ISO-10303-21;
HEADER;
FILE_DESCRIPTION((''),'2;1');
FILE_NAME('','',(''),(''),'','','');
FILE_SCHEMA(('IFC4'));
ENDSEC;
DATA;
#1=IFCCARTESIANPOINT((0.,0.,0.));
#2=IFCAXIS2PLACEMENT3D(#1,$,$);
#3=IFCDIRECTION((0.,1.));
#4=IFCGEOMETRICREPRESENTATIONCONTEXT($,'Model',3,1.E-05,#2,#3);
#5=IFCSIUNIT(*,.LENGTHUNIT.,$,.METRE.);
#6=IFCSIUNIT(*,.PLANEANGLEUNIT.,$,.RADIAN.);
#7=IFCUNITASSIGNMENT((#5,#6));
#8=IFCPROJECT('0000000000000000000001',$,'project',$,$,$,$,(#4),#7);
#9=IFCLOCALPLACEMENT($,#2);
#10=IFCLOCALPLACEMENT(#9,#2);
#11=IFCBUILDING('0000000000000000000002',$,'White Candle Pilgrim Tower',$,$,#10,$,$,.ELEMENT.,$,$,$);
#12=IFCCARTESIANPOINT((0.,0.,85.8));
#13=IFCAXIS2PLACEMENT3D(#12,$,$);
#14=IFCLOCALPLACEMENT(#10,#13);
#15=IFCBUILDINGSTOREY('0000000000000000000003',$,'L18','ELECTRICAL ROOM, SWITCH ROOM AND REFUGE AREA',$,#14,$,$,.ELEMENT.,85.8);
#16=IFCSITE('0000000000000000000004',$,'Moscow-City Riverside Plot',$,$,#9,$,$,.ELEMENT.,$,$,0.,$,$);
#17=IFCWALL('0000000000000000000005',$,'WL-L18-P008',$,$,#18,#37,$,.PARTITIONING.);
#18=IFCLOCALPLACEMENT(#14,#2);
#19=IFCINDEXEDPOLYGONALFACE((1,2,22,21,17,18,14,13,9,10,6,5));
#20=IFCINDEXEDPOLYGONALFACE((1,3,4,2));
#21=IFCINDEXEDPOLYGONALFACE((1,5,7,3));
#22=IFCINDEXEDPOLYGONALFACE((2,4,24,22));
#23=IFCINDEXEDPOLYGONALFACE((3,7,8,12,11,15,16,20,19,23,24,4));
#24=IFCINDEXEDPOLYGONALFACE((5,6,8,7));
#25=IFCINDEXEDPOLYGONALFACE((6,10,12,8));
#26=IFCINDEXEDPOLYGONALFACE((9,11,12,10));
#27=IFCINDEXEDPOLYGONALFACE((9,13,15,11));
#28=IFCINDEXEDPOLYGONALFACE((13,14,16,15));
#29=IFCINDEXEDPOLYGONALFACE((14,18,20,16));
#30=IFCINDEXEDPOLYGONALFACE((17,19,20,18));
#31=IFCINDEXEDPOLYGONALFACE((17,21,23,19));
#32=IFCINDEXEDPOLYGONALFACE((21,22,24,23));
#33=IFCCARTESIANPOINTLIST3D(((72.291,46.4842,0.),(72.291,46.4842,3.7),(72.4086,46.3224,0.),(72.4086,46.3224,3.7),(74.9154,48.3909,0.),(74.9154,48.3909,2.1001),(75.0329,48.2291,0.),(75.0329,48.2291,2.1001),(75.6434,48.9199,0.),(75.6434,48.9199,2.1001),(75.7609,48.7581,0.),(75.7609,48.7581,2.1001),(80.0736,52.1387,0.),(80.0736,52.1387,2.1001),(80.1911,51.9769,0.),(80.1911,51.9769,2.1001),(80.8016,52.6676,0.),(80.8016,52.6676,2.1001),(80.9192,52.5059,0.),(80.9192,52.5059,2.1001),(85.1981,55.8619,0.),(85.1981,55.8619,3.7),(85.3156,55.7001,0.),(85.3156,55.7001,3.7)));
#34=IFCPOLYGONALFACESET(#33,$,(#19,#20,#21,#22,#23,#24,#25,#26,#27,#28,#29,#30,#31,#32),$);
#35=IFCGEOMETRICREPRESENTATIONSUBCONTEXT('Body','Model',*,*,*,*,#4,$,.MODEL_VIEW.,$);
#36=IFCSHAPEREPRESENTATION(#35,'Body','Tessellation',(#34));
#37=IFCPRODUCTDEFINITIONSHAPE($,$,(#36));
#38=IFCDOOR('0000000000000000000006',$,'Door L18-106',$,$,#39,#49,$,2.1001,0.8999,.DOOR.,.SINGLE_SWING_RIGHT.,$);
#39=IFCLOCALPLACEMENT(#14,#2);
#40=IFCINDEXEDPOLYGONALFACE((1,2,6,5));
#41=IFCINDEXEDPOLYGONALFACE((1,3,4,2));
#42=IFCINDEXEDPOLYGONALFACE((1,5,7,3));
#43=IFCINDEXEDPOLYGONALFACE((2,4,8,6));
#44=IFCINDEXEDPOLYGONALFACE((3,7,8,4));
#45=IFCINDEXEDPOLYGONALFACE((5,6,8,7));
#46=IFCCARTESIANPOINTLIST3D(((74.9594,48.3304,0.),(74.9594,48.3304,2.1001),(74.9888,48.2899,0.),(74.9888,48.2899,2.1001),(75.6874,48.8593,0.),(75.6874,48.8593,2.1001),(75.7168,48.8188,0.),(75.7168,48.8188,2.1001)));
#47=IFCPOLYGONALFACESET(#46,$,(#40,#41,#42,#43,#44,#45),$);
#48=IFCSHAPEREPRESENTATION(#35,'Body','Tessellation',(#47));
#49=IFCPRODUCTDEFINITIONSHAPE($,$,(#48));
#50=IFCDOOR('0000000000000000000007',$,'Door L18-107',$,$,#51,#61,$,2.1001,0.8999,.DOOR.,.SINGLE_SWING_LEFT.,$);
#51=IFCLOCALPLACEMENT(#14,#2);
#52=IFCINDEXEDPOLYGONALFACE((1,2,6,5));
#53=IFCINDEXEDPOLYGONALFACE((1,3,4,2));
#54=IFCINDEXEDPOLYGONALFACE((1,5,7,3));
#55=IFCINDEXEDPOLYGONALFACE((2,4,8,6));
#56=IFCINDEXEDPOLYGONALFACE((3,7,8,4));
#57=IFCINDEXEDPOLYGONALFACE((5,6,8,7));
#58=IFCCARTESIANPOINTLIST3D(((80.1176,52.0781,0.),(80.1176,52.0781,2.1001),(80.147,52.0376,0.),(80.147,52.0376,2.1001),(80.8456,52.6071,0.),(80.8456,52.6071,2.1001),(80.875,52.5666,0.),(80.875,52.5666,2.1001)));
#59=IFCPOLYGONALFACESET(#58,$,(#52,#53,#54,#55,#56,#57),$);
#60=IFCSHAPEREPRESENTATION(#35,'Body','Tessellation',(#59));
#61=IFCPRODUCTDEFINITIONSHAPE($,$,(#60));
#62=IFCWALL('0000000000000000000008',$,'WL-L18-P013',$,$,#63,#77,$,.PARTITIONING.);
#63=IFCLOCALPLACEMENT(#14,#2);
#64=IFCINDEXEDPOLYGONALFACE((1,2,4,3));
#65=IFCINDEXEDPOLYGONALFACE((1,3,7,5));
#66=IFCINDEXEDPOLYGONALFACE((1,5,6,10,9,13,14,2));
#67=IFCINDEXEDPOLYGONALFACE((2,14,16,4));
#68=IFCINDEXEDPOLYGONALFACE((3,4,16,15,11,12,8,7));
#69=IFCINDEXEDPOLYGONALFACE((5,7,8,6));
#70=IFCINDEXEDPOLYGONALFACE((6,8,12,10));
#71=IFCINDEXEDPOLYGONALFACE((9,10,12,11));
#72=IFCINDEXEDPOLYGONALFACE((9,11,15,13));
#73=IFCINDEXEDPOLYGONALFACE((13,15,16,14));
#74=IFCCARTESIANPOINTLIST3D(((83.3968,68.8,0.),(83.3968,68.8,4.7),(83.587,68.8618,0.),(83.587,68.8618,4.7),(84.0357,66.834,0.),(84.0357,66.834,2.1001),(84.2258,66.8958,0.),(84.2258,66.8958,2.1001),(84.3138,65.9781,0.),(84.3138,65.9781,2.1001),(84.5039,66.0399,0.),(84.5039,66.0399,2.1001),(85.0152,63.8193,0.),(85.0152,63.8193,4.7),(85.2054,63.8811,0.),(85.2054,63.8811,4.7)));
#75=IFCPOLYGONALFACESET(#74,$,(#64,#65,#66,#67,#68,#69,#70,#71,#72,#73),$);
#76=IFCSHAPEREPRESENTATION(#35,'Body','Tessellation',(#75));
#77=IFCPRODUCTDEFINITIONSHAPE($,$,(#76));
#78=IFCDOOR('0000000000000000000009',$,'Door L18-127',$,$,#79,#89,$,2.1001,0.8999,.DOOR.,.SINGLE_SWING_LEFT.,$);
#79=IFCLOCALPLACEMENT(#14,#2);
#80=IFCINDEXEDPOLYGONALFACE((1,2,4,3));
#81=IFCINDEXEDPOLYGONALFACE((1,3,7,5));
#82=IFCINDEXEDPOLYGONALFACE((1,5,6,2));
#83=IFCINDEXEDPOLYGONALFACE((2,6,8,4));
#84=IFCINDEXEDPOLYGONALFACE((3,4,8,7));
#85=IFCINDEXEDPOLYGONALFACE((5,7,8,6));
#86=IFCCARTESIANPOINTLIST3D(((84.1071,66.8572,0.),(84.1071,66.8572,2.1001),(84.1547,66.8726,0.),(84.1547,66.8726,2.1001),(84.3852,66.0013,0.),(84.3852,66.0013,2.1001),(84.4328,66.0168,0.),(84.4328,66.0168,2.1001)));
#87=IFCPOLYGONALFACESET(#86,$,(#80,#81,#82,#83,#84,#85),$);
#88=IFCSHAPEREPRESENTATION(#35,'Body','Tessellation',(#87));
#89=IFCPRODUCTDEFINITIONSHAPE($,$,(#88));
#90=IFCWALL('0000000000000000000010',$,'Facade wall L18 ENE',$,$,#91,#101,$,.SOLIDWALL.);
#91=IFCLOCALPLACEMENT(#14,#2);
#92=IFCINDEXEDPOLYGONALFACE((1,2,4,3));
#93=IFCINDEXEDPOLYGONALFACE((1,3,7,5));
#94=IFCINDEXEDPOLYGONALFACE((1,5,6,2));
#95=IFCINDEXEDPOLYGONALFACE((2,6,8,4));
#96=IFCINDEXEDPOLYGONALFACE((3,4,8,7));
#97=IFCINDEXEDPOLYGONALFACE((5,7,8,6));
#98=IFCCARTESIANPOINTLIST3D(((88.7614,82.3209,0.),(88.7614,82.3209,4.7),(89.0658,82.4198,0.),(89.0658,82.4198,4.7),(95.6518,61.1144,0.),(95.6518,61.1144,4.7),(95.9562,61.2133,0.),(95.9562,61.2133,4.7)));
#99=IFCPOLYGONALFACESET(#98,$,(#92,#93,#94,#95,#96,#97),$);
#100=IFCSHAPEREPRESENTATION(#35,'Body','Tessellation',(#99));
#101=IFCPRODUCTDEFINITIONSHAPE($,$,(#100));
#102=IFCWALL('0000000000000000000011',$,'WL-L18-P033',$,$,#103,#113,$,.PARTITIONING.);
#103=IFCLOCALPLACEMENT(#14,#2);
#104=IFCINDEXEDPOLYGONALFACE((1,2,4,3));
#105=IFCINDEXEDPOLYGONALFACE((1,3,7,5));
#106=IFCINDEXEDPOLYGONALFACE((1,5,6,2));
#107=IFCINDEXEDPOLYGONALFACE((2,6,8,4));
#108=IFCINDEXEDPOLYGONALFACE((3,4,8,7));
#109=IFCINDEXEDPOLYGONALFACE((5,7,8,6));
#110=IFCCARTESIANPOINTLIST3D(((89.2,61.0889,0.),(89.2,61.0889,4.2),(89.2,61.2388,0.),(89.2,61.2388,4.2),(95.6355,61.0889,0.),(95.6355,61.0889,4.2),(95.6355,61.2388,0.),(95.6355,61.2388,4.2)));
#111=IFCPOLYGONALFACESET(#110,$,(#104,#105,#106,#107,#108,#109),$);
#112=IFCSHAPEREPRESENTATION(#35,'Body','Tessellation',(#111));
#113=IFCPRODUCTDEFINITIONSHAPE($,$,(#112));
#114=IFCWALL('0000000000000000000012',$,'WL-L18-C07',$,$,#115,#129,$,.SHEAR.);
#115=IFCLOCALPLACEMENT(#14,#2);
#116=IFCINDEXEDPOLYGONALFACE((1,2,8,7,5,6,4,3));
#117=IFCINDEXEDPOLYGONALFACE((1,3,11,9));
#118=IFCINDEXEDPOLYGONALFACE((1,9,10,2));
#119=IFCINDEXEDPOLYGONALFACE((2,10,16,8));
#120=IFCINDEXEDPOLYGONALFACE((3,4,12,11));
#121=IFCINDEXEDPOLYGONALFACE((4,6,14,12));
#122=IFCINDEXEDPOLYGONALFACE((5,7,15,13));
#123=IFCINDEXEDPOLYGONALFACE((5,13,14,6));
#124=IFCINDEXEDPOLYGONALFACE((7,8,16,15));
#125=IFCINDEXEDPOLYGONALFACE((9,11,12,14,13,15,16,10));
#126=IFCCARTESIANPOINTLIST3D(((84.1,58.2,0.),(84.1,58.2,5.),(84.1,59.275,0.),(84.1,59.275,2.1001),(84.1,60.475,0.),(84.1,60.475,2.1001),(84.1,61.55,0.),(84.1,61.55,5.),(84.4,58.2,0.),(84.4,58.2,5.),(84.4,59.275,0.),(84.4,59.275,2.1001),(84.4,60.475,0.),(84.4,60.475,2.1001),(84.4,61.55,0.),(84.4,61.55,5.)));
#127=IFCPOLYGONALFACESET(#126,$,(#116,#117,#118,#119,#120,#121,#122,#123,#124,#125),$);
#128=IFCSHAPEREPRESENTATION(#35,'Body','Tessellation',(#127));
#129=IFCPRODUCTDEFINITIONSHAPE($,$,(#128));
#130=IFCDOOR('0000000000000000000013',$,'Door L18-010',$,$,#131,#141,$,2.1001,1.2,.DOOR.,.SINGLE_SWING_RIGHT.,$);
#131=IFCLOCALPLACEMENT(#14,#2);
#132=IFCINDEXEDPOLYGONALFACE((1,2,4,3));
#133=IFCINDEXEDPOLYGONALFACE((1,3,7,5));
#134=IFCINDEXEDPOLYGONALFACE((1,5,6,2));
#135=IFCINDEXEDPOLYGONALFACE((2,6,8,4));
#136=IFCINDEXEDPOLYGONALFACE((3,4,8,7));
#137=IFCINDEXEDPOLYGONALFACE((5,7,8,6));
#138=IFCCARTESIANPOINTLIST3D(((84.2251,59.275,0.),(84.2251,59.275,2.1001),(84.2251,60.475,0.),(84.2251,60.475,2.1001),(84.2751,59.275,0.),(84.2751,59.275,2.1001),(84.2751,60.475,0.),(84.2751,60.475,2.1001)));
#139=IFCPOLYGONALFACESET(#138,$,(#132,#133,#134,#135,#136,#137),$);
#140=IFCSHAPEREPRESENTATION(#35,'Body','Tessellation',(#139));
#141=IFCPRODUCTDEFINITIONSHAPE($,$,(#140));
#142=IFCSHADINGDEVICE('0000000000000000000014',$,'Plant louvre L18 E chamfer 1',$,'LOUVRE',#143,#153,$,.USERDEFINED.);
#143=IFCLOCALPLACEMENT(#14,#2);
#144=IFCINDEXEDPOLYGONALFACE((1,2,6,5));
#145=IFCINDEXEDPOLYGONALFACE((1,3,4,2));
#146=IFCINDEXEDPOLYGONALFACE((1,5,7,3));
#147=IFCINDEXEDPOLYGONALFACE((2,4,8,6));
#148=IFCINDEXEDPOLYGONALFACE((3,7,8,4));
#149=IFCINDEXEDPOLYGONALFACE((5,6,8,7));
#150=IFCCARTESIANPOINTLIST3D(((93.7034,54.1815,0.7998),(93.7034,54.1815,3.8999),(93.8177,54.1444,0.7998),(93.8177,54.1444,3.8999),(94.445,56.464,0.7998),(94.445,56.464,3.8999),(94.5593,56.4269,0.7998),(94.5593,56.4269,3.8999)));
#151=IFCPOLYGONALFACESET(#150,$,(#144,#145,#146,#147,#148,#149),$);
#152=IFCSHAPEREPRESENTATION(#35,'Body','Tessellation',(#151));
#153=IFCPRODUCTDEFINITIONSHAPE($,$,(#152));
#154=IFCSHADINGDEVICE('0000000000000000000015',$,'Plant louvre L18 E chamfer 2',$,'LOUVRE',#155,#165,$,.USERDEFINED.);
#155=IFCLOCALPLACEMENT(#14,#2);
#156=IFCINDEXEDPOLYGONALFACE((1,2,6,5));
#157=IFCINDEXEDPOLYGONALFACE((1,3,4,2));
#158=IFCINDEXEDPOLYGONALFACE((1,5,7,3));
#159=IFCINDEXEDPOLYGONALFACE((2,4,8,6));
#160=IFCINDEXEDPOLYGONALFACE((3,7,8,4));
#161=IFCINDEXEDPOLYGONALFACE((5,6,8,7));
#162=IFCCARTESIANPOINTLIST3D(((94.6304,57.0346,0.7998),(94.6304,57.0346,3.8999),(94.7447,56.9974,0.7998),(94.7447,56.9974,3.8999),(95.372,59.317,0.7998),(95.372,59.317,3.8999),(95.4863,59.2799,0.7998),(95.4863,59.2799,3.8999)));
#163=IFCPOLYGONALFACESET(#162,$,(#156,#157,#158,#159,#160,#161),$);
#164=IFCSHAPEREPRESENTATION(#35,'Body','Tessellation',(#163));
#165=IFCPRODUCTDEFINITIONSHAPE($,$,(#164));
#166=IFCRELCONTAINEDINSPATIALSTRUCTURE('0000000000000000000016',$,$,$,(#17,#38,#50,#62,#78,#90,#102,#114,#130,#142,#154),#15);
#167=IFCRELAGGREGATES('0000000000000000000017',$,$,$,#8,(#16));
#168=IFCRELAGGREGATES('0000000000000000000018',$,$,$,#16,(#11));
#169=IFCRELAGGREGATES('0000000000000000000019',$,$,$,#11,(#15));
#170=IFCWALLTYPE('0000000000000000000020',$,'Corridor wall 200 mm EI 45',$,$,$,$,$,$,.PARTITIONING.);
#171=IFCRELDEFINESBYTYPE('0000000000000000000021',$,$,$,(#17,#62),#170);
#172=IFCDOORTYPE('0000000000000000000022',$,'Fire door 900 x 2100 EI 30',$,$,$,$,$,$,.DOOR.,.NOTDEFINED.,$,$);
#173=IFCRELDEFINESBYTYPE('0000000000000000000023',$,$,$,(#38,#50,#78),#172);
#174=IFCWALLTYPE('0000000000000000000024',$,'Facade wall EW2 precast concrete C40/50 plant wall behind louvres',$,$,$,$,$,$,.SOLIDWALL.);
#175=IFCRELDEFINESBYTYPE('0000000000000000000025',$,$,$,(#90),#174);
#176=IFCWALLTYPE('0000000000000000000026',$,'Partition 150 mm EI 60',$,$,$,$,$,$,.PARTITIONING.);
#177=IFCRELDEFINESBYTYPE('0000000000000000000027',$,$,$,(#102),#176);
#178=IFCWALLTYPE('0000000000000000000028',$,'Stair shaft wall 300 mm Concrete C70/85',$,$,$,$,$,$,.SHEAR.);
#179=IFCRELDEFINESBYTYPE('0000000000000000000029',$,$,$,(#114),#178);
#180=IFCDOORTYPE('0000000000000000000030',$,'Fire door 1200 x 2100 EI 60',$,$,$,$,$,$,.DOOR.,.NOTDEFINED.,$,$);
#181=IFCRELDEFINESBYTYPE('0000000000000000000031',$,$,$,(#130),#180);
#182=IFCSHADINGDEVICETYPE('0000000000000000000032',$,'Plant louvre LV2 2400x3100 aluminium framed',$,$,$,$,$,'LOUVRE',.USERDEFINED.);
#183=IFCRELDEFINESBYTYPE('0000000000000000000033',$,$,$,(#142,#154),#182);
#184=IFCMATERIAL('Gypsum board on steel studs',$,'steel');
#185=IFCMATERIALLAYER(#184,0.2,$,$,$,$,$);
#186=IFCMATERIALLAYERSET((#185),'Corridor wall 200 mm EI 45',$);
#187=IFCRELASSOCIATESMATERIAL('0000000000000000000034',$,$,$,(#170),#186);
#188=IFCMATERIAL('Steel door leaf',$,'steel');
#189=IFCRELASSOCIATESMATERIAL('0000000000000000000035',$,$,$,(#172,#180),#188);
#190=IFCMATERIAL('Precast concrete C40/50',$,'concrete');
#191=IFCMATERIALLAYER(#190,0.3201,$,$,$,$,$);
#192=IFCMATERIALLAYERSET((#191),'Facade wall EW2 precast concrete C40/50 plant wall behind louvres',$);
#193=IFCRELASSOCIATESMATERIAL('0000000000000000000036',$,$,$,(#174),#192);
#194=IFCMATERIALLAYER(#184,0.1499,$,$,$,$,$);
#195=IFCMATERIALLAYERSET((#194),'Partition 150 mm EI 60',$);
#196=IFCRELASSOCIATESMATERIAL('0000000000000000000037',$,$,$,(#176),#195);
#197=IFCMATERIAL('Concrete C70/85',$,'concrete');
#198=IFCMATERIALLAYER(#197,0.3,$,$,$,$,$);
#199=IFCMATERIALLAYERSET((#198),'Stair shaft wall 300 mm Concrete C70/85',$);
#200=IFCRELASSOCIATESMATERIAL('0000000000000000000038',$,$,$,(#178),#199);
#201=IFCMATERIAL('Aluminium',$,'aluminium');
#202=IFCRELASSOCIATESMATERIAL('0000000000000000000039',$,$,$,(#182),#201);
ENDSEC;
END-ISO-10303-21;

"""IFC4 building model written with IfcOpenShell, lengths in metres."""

from ifc_helpers import new_model, si_unit, direction, frame, frame_2d, origin, origin_2d, place, context, subcontext, project, spatial, rectangle, extrude, material, layer, layer_set, type_object, element, fill, save


model = new_model("IFC4")

# Units and contexts
model_context = context("Model", 3, precision=1e-05, world=origin(), true_north=direction((0.0, 1.0)))
body_context = subcontext(model_context, "Body", "Model", "MODEL_VIEW")
ifc_project = project(units=[si_unit("LENGTHUNIT", "METRE"), si_unit("PLANEANGLEUNIT", "RADIAN")], contexts=[model_context])

# Site, building, storey
site_placement = place(None, origin())
site = spatial("IfcSite", under=ifc_project, at=site_placement, Name="Moscow-City Riverside Plot", CompositionType="ELEMENT", RefElevation=0.0)
building_placement = place(site_placement, origin())
building = spatial("IfcBuilding", under=site, at=building_placement, Name="White Candle Pilgrim Tower", CompositionType="ELEMENT")
storey_placement = place(building_placement, frame((0.0, 0.0, 85.8)))
storey = spatial("IfcBuildingStorey", under=building, at=storey_placement, Name="L18", Description="ELECTRICAL ROOM, SWITCH ROOM AND REFUGE AREA", CompositionType="ELEMENT", Elevation=85.8)

# Shared definitions
ifc_material_1 = material(Name="Concrete C70/85", Category="concrete")

# Shared definitions
ifc_material_2 = material(Name="Gypsum board on steel studs", Category="steel")
ifc_layer_1 = layer(ifc_material_2, 0.2)
ifc_layer_set_1 = layer_set([ifc_layer_1], Name="Corridor wall 200 mm EI 45")
wall_type_1 = type_object("IfcWallType", Name="Corridor wall 200 mm EI 45", PredefinedType="PARTITIONING", material=ifc_layer_set_1)
ifc_material_3 = material(Name="Steel door leaf", Category="steel")
door_type_1 = type_object("IfcDoorType", Name="Fire door 900 x 2100 EI 30", OperationType="NOTDEFINED", PredefinedType="DOOR", material=ifc_material_3)

# Wall, openings, doors
wall_1_placement = place(storey_placement, frame((85.2568, 55.781, 0.0), z_axis=(0.0, 0.0, 1.0), x_axis=(-0.809011, -0.587794, 0.0)))
wall_1 = element("IfcWall", 1, at=wall_1_placement, inside=storey, type_object=wall_type_1, Name="WL-L18-P008", PredefinedType="PARTITIONING", context=body_context, shape_type="SweptSolid", body=[
    extrude(rectangle(XDim=15.9541, YDim=0.2, at=frame_2d((7.9771, 0.0))), origin(), (0.0, 0.0, 1.0), 3.7),
])
opening_1_placement = place(wall_1_placement, frame((11.8103, 0.0, 0.0)))
opening_1 = element("IfcOpeningElement", 2, at=opening_1_placement, cuts=wall_1, PredefinedType="OPENING", context=body_context, shape_type="SweptSolid", body=[
    extrude(rectangle(XDim=0.8999, YDim=2.1001, at=frame_2d((0.45, 1.05))), frame((0.0, 0.1099, 0.0), z_axis=(0.0, -1.0, 0.0), x_axis=(1.0, 0.0, 0.0)), (0.0, 0.0, 1.0), 0.22),
])
opening_2_placement = place(wall_1_placement, frame((5.4343, 0.0, 0.0)))
opening_2 = element("IfcOpeningElement", 3, at=opening_2_placement, cuts=wall_1, PredefinedType="OPENING", context=body_context, shape_type="SweptSolid", body=[
    extrude(rectangle(XDim=0.8999, YDim=2.1001, at=frame_2d((0.45, 1.05))), frame((0.0, 0.1099, 0.0), z_axis=(0.0, -1.0, 0.0), x_axis=(1.0, 0.0, 0.0)), (0.0, 0.0, 1.0), 0.22),
])
door_1_placement = place(opening_1_placement, origin())
door_1 = element("IfcDoor", 4, at=door_1_placement, inside=storey, type_object=door_type_1, Name="Door L18-106", OperationType="SINGLE_SWING_RIGHT", OverallHeight=2.1001, OverallWidth=0.8999, PredefinedType="DOOR", context=body_context, shape_type="SweptSolid", body=[
    extrude(rectangle(XDim=0.8999, YDim=2.1001, at=frame_2d((0.45, 1.05))), frame((0.0, 0.0249, 0.0), z_axis=(0.0, -1.0, 0.0), x_axis=(1.0, 0.0, 0.0)), (0.0, 0.0, 1.0), 0.05),
])
fill(opening_1, door_1)
door_2_placement = place(opening_2_placement, origin())
door_2 = element("IfcDoor", 5, at=door_2_placement, inside=storey, type_object=door_type_1, Name="Door L18-107", OperationType="SINGLE_SWING_LEFT", OverallHeight=2.1001, OverallWidth=0.8999, PredefinedType="DOOR", context=body_context, shape_type="SweptSolid", body=[
    extrude(rectangle(XDim=0.8999, YDim=2.1001, at=frame_2d((0.45, 1.05))), frame((0.0, 0.0249, 0.0), z_axis=(0.0, -1.0, 0.0), x_axis=(1.0, 0.0, 0.0)), (0.0, 0.0, 1.0), 0.05),
])
fill(opening_2, door_2)

# Wall, opening, door
wall_2_placement = place(storey_placement, frame((85.1104, 63.8501, 0.0), z_axis=(0.0, 0.0, 1.0), x_axis=(-0.30903, 0.951052, 0.0)))
wall_2 = element("IfcWall", 6, at=wall_2_placement, inside=storey, type_object=wall_type_1, Name="WL-L18-P013", PredefinedType="PARTITIONING", context=body_context, shape_type="SweptSolid", body=[
    extrude(rectangle(XDim=5.2371, YDim=0.2, at=frame_2d((2.6187, 0.0))), origin(), (0.0, 0.0, 1.0), 4.7),
])
opening_3_placement = place(wall_2_placement, frame((2.27, 0.0, 0.0)))
opening_3 = element("IfcOpeningElement", 7, at=opening_3_placement, cuts=wall_2, PredefinedType="OPENING", context=body_context, shape_type="SweptSolid", body=[
    extrude(rectangle(XDim=0.8999, YDim=2.1001, at=frame_2d((0.45, 1.05))), frame((0.0, 0.1099, 0.0), z_axis=(0.0, -1.0, 0.0), x_axis=(1.0, 0.0, 0.0)), (0.0, 0.0, 1.0), 0.22),
])
door_3_placement = place(opening_3_placement, origin())
door_3 = element("IfcDoor", 8, at=door_3_placement, inside=storey, type_object=door_type_1, Name="Door L18-127", OperationType="SINGLE_SWING_LEFT", OverallHeight=2.1001, OverallWidth=0.8999, PredefinedType="DOOR", context=body_context, shape_type="SweptSolid", body=[
    extrude(rectangle(XDim=0.8999, YDim=2.1001, at=frame_2d((0.45, 1.05))), frame((0.0, 0.0249, 0.0), z_axis=(0.0, -1.0, 0.0), x_axis=(1.0, 0.0, 0.0)), (0.0, 0.0, 1.0), 0.05),
])
fill(opening_3, door_3)

# Walls
ifc_material_4 = material(Name="Precast concrete C40/50", Category="concrete")
ifc_layer_2 = layer(ifc_material_4, 0.3201)
ifc_layer_set_2 = layer_set([ifc_layer_2], Name="Facade wall EW2 precast concrete C40/50 plant wall behind louvres")
wall_type_2 = type_object("IfcWallType", Name="Facade wall EW2 precast concrete C40/50 plant wall behind louvres", PredefinedType="SOLIDWALL", material=ifc_layer_set_2)
wall_3_placement = place(storey_placement, frame((95.804, 61.1638, 0.0), z_axis=(0.0, 0.0, 1.0), x_axis=(-0.309015, 0.951057, 0.0)))
element("IfcWall", 9, at=wall_3_placement, inside=storey, type_object=wall_type_2, Name="Facade wall L18 ENE", PredefinedType="SOLIDWALL", context=body_context, shape_type="SweptSolid", body=[
    extrude(rectangle(XDim=22.2979, YDim=0.3201, at=frame_2d((11.1489, 0.0))), origin(), (0.0, 0.0, 1.0), 4.7),
])
ifc_layer_3 = layer(ifc_material_2, 0.1499)
ifc_layer_set_3 = layer_set([ifc_layer_3], Name="Partition 150 mm EI 60")
wall_type_3 = type_object("IfcWallType", Name="Partition 150 mm EI 60", PredefinedType="PARTITIONING", material=ifc_layer_set_3)
wall_4_placement = place(storey_placement, frame((95.6355, 61.1638, 0.0), z_axis=(0.0, 0.0, 1.0), x_axis=(-1.0, 0.0, 0.0)))
element("IfcWall", 10, at=wall_4_placement, inside=storey, type_object=wall_type_3, Name="WL-L18-P033", PredefinedType="PARTITIONING", context=body_context, shape_type="SweptSolid", body=[
    extrude(rectangle(XDim=6.4355, YDim=0.1499, at=frame_2d((3.2178, 0.0))), origin(), (0.0, 0.0, 1.0), 4.2),
])

# Wall, opening, door
ifc_layer_4 = layer(ifc_material_1, 0.3)
ifc_layer_set_4 = layer_set([ifc_layer_4], Name="Stair shaft wall 300 mm Concrete C70/85")
wall_type_4 = type_object("IfcWallType", Name="Stair shaft wall 300 mm Concrete C70/85", PredefinedType="SHEAR", material=ifc_layer_set_4)
wall_5_placement = place(storey_placement, frame((84.25, 58.2, 0.0), z_axis=(0.0, 0.0, 1.0), x_axis=(0.0, 1.0, 0.0)))
wall_5 = element("IfcWall", 11, at=wall_5_placement, inside=storey, type_object=wall_type_4, Name="WL-L18-C07", PredefinedType="SHEAR", context=body_context, shape_type="SweptSolid", body=[
    extrude(rectangle(XDim=3.3501, YDim=0.3, at=frame_2d((1.675, 0.0))), origin(), (0.0, 0.0, 1.0), 5.0),
])
opening_4_placement = place(wall_5_placement, frame((1.075, 0.0, 0.0)))
opening_4 = element("IfcOpeningElement", 12, at=opening_4_placement, cuts=wall_5, PredefinedType="OPENING", context=body_context, shape_type="SweptSolid", body=[
    extrude(rectangle(XDim=1.2, YDim=2.1001, at=frame_2d((0.6001, 1.05))), frame((0.0, 0.1599, 0.0), z_axis=(0.0, -1.0, 0.0), x_axis=(1.0, 0.0, 0.0)), (0.0, 0.0, 1.0), 0.3201),
])
door_type_2 = type_object("IfcDoorType", Name="Fire door 1200 x 2100 EI 60", OperationType="NOTDEFINED", PredefinedType="DOOR", material=ifc_material_3)
door_4_placement = place(opening_4_placement, origin())
door_4 = element("IfcDoor", 13, at=door_4_placement, inside=storey, type_object=door_type_2, Name="Door L18-010", OperationType="SINGLE_SWING_RIGHT", OverallHeight=2.1001, OverallWidth=1.2, PredefinedType="DOOR", context=body_context, shape_type="SweptSolid", body=[
    extrude(rectangle(XDim=1.2, YDim=2.1001, at=frame_2d((0.6001, 1.05))), frame((0.0, 0.0249, 0.0), z_axis=(0.0, -1.0, 0.0), x_axis=(1.0, 0.0, 0.0)), (0.0, 0.0, 1.0), 0.05),
])
fill(opening_4, door_4)

# Shading devices
ifc_material_5 = material(Name="Aluminium", Category="aluminium")
shading_device_type = type_object("IfcShadingDeviceType", Name="Plant louvre LV2 2400x3100 aluminium framed", ElementType="LOUVRE", PredefinedType="USERDEFINED", material=ifc_material_5)
for number, where, z_axis, x_axis, name in (
    (14, (94.1313, 55.3042, 0.7998), (0.0, 0.0, 1.0), (0.309017, 0.951057, 0.0), "Plant louvre L18 E chamfer 1"),
    (15, (95.0583, 58.1572, 0.7998), (0.0, 0.0, 1.0), (0.309017, 0.951057, 0.0), "Plant louvre L18 E chamfer 2"),
):
    element("IfcShadingDevice", number, at=place(storey_placement, frame(where, z_axis=z_axis, x_axis=x_axis)), inside=storey, type_object=shading_device_type, Name=name, ObjectType="LOUVRE", PredefinedType="USERDEFINED", context=body_context, shape_type="SweptSolid", body=[
        extrude(rectangle(XDim=2.3999, YDim=0.1201, at=origin_2d()), origin(), (0.0, 0.0, 1.0), 3.1001),
    ])

save(model, "model.ifc")
